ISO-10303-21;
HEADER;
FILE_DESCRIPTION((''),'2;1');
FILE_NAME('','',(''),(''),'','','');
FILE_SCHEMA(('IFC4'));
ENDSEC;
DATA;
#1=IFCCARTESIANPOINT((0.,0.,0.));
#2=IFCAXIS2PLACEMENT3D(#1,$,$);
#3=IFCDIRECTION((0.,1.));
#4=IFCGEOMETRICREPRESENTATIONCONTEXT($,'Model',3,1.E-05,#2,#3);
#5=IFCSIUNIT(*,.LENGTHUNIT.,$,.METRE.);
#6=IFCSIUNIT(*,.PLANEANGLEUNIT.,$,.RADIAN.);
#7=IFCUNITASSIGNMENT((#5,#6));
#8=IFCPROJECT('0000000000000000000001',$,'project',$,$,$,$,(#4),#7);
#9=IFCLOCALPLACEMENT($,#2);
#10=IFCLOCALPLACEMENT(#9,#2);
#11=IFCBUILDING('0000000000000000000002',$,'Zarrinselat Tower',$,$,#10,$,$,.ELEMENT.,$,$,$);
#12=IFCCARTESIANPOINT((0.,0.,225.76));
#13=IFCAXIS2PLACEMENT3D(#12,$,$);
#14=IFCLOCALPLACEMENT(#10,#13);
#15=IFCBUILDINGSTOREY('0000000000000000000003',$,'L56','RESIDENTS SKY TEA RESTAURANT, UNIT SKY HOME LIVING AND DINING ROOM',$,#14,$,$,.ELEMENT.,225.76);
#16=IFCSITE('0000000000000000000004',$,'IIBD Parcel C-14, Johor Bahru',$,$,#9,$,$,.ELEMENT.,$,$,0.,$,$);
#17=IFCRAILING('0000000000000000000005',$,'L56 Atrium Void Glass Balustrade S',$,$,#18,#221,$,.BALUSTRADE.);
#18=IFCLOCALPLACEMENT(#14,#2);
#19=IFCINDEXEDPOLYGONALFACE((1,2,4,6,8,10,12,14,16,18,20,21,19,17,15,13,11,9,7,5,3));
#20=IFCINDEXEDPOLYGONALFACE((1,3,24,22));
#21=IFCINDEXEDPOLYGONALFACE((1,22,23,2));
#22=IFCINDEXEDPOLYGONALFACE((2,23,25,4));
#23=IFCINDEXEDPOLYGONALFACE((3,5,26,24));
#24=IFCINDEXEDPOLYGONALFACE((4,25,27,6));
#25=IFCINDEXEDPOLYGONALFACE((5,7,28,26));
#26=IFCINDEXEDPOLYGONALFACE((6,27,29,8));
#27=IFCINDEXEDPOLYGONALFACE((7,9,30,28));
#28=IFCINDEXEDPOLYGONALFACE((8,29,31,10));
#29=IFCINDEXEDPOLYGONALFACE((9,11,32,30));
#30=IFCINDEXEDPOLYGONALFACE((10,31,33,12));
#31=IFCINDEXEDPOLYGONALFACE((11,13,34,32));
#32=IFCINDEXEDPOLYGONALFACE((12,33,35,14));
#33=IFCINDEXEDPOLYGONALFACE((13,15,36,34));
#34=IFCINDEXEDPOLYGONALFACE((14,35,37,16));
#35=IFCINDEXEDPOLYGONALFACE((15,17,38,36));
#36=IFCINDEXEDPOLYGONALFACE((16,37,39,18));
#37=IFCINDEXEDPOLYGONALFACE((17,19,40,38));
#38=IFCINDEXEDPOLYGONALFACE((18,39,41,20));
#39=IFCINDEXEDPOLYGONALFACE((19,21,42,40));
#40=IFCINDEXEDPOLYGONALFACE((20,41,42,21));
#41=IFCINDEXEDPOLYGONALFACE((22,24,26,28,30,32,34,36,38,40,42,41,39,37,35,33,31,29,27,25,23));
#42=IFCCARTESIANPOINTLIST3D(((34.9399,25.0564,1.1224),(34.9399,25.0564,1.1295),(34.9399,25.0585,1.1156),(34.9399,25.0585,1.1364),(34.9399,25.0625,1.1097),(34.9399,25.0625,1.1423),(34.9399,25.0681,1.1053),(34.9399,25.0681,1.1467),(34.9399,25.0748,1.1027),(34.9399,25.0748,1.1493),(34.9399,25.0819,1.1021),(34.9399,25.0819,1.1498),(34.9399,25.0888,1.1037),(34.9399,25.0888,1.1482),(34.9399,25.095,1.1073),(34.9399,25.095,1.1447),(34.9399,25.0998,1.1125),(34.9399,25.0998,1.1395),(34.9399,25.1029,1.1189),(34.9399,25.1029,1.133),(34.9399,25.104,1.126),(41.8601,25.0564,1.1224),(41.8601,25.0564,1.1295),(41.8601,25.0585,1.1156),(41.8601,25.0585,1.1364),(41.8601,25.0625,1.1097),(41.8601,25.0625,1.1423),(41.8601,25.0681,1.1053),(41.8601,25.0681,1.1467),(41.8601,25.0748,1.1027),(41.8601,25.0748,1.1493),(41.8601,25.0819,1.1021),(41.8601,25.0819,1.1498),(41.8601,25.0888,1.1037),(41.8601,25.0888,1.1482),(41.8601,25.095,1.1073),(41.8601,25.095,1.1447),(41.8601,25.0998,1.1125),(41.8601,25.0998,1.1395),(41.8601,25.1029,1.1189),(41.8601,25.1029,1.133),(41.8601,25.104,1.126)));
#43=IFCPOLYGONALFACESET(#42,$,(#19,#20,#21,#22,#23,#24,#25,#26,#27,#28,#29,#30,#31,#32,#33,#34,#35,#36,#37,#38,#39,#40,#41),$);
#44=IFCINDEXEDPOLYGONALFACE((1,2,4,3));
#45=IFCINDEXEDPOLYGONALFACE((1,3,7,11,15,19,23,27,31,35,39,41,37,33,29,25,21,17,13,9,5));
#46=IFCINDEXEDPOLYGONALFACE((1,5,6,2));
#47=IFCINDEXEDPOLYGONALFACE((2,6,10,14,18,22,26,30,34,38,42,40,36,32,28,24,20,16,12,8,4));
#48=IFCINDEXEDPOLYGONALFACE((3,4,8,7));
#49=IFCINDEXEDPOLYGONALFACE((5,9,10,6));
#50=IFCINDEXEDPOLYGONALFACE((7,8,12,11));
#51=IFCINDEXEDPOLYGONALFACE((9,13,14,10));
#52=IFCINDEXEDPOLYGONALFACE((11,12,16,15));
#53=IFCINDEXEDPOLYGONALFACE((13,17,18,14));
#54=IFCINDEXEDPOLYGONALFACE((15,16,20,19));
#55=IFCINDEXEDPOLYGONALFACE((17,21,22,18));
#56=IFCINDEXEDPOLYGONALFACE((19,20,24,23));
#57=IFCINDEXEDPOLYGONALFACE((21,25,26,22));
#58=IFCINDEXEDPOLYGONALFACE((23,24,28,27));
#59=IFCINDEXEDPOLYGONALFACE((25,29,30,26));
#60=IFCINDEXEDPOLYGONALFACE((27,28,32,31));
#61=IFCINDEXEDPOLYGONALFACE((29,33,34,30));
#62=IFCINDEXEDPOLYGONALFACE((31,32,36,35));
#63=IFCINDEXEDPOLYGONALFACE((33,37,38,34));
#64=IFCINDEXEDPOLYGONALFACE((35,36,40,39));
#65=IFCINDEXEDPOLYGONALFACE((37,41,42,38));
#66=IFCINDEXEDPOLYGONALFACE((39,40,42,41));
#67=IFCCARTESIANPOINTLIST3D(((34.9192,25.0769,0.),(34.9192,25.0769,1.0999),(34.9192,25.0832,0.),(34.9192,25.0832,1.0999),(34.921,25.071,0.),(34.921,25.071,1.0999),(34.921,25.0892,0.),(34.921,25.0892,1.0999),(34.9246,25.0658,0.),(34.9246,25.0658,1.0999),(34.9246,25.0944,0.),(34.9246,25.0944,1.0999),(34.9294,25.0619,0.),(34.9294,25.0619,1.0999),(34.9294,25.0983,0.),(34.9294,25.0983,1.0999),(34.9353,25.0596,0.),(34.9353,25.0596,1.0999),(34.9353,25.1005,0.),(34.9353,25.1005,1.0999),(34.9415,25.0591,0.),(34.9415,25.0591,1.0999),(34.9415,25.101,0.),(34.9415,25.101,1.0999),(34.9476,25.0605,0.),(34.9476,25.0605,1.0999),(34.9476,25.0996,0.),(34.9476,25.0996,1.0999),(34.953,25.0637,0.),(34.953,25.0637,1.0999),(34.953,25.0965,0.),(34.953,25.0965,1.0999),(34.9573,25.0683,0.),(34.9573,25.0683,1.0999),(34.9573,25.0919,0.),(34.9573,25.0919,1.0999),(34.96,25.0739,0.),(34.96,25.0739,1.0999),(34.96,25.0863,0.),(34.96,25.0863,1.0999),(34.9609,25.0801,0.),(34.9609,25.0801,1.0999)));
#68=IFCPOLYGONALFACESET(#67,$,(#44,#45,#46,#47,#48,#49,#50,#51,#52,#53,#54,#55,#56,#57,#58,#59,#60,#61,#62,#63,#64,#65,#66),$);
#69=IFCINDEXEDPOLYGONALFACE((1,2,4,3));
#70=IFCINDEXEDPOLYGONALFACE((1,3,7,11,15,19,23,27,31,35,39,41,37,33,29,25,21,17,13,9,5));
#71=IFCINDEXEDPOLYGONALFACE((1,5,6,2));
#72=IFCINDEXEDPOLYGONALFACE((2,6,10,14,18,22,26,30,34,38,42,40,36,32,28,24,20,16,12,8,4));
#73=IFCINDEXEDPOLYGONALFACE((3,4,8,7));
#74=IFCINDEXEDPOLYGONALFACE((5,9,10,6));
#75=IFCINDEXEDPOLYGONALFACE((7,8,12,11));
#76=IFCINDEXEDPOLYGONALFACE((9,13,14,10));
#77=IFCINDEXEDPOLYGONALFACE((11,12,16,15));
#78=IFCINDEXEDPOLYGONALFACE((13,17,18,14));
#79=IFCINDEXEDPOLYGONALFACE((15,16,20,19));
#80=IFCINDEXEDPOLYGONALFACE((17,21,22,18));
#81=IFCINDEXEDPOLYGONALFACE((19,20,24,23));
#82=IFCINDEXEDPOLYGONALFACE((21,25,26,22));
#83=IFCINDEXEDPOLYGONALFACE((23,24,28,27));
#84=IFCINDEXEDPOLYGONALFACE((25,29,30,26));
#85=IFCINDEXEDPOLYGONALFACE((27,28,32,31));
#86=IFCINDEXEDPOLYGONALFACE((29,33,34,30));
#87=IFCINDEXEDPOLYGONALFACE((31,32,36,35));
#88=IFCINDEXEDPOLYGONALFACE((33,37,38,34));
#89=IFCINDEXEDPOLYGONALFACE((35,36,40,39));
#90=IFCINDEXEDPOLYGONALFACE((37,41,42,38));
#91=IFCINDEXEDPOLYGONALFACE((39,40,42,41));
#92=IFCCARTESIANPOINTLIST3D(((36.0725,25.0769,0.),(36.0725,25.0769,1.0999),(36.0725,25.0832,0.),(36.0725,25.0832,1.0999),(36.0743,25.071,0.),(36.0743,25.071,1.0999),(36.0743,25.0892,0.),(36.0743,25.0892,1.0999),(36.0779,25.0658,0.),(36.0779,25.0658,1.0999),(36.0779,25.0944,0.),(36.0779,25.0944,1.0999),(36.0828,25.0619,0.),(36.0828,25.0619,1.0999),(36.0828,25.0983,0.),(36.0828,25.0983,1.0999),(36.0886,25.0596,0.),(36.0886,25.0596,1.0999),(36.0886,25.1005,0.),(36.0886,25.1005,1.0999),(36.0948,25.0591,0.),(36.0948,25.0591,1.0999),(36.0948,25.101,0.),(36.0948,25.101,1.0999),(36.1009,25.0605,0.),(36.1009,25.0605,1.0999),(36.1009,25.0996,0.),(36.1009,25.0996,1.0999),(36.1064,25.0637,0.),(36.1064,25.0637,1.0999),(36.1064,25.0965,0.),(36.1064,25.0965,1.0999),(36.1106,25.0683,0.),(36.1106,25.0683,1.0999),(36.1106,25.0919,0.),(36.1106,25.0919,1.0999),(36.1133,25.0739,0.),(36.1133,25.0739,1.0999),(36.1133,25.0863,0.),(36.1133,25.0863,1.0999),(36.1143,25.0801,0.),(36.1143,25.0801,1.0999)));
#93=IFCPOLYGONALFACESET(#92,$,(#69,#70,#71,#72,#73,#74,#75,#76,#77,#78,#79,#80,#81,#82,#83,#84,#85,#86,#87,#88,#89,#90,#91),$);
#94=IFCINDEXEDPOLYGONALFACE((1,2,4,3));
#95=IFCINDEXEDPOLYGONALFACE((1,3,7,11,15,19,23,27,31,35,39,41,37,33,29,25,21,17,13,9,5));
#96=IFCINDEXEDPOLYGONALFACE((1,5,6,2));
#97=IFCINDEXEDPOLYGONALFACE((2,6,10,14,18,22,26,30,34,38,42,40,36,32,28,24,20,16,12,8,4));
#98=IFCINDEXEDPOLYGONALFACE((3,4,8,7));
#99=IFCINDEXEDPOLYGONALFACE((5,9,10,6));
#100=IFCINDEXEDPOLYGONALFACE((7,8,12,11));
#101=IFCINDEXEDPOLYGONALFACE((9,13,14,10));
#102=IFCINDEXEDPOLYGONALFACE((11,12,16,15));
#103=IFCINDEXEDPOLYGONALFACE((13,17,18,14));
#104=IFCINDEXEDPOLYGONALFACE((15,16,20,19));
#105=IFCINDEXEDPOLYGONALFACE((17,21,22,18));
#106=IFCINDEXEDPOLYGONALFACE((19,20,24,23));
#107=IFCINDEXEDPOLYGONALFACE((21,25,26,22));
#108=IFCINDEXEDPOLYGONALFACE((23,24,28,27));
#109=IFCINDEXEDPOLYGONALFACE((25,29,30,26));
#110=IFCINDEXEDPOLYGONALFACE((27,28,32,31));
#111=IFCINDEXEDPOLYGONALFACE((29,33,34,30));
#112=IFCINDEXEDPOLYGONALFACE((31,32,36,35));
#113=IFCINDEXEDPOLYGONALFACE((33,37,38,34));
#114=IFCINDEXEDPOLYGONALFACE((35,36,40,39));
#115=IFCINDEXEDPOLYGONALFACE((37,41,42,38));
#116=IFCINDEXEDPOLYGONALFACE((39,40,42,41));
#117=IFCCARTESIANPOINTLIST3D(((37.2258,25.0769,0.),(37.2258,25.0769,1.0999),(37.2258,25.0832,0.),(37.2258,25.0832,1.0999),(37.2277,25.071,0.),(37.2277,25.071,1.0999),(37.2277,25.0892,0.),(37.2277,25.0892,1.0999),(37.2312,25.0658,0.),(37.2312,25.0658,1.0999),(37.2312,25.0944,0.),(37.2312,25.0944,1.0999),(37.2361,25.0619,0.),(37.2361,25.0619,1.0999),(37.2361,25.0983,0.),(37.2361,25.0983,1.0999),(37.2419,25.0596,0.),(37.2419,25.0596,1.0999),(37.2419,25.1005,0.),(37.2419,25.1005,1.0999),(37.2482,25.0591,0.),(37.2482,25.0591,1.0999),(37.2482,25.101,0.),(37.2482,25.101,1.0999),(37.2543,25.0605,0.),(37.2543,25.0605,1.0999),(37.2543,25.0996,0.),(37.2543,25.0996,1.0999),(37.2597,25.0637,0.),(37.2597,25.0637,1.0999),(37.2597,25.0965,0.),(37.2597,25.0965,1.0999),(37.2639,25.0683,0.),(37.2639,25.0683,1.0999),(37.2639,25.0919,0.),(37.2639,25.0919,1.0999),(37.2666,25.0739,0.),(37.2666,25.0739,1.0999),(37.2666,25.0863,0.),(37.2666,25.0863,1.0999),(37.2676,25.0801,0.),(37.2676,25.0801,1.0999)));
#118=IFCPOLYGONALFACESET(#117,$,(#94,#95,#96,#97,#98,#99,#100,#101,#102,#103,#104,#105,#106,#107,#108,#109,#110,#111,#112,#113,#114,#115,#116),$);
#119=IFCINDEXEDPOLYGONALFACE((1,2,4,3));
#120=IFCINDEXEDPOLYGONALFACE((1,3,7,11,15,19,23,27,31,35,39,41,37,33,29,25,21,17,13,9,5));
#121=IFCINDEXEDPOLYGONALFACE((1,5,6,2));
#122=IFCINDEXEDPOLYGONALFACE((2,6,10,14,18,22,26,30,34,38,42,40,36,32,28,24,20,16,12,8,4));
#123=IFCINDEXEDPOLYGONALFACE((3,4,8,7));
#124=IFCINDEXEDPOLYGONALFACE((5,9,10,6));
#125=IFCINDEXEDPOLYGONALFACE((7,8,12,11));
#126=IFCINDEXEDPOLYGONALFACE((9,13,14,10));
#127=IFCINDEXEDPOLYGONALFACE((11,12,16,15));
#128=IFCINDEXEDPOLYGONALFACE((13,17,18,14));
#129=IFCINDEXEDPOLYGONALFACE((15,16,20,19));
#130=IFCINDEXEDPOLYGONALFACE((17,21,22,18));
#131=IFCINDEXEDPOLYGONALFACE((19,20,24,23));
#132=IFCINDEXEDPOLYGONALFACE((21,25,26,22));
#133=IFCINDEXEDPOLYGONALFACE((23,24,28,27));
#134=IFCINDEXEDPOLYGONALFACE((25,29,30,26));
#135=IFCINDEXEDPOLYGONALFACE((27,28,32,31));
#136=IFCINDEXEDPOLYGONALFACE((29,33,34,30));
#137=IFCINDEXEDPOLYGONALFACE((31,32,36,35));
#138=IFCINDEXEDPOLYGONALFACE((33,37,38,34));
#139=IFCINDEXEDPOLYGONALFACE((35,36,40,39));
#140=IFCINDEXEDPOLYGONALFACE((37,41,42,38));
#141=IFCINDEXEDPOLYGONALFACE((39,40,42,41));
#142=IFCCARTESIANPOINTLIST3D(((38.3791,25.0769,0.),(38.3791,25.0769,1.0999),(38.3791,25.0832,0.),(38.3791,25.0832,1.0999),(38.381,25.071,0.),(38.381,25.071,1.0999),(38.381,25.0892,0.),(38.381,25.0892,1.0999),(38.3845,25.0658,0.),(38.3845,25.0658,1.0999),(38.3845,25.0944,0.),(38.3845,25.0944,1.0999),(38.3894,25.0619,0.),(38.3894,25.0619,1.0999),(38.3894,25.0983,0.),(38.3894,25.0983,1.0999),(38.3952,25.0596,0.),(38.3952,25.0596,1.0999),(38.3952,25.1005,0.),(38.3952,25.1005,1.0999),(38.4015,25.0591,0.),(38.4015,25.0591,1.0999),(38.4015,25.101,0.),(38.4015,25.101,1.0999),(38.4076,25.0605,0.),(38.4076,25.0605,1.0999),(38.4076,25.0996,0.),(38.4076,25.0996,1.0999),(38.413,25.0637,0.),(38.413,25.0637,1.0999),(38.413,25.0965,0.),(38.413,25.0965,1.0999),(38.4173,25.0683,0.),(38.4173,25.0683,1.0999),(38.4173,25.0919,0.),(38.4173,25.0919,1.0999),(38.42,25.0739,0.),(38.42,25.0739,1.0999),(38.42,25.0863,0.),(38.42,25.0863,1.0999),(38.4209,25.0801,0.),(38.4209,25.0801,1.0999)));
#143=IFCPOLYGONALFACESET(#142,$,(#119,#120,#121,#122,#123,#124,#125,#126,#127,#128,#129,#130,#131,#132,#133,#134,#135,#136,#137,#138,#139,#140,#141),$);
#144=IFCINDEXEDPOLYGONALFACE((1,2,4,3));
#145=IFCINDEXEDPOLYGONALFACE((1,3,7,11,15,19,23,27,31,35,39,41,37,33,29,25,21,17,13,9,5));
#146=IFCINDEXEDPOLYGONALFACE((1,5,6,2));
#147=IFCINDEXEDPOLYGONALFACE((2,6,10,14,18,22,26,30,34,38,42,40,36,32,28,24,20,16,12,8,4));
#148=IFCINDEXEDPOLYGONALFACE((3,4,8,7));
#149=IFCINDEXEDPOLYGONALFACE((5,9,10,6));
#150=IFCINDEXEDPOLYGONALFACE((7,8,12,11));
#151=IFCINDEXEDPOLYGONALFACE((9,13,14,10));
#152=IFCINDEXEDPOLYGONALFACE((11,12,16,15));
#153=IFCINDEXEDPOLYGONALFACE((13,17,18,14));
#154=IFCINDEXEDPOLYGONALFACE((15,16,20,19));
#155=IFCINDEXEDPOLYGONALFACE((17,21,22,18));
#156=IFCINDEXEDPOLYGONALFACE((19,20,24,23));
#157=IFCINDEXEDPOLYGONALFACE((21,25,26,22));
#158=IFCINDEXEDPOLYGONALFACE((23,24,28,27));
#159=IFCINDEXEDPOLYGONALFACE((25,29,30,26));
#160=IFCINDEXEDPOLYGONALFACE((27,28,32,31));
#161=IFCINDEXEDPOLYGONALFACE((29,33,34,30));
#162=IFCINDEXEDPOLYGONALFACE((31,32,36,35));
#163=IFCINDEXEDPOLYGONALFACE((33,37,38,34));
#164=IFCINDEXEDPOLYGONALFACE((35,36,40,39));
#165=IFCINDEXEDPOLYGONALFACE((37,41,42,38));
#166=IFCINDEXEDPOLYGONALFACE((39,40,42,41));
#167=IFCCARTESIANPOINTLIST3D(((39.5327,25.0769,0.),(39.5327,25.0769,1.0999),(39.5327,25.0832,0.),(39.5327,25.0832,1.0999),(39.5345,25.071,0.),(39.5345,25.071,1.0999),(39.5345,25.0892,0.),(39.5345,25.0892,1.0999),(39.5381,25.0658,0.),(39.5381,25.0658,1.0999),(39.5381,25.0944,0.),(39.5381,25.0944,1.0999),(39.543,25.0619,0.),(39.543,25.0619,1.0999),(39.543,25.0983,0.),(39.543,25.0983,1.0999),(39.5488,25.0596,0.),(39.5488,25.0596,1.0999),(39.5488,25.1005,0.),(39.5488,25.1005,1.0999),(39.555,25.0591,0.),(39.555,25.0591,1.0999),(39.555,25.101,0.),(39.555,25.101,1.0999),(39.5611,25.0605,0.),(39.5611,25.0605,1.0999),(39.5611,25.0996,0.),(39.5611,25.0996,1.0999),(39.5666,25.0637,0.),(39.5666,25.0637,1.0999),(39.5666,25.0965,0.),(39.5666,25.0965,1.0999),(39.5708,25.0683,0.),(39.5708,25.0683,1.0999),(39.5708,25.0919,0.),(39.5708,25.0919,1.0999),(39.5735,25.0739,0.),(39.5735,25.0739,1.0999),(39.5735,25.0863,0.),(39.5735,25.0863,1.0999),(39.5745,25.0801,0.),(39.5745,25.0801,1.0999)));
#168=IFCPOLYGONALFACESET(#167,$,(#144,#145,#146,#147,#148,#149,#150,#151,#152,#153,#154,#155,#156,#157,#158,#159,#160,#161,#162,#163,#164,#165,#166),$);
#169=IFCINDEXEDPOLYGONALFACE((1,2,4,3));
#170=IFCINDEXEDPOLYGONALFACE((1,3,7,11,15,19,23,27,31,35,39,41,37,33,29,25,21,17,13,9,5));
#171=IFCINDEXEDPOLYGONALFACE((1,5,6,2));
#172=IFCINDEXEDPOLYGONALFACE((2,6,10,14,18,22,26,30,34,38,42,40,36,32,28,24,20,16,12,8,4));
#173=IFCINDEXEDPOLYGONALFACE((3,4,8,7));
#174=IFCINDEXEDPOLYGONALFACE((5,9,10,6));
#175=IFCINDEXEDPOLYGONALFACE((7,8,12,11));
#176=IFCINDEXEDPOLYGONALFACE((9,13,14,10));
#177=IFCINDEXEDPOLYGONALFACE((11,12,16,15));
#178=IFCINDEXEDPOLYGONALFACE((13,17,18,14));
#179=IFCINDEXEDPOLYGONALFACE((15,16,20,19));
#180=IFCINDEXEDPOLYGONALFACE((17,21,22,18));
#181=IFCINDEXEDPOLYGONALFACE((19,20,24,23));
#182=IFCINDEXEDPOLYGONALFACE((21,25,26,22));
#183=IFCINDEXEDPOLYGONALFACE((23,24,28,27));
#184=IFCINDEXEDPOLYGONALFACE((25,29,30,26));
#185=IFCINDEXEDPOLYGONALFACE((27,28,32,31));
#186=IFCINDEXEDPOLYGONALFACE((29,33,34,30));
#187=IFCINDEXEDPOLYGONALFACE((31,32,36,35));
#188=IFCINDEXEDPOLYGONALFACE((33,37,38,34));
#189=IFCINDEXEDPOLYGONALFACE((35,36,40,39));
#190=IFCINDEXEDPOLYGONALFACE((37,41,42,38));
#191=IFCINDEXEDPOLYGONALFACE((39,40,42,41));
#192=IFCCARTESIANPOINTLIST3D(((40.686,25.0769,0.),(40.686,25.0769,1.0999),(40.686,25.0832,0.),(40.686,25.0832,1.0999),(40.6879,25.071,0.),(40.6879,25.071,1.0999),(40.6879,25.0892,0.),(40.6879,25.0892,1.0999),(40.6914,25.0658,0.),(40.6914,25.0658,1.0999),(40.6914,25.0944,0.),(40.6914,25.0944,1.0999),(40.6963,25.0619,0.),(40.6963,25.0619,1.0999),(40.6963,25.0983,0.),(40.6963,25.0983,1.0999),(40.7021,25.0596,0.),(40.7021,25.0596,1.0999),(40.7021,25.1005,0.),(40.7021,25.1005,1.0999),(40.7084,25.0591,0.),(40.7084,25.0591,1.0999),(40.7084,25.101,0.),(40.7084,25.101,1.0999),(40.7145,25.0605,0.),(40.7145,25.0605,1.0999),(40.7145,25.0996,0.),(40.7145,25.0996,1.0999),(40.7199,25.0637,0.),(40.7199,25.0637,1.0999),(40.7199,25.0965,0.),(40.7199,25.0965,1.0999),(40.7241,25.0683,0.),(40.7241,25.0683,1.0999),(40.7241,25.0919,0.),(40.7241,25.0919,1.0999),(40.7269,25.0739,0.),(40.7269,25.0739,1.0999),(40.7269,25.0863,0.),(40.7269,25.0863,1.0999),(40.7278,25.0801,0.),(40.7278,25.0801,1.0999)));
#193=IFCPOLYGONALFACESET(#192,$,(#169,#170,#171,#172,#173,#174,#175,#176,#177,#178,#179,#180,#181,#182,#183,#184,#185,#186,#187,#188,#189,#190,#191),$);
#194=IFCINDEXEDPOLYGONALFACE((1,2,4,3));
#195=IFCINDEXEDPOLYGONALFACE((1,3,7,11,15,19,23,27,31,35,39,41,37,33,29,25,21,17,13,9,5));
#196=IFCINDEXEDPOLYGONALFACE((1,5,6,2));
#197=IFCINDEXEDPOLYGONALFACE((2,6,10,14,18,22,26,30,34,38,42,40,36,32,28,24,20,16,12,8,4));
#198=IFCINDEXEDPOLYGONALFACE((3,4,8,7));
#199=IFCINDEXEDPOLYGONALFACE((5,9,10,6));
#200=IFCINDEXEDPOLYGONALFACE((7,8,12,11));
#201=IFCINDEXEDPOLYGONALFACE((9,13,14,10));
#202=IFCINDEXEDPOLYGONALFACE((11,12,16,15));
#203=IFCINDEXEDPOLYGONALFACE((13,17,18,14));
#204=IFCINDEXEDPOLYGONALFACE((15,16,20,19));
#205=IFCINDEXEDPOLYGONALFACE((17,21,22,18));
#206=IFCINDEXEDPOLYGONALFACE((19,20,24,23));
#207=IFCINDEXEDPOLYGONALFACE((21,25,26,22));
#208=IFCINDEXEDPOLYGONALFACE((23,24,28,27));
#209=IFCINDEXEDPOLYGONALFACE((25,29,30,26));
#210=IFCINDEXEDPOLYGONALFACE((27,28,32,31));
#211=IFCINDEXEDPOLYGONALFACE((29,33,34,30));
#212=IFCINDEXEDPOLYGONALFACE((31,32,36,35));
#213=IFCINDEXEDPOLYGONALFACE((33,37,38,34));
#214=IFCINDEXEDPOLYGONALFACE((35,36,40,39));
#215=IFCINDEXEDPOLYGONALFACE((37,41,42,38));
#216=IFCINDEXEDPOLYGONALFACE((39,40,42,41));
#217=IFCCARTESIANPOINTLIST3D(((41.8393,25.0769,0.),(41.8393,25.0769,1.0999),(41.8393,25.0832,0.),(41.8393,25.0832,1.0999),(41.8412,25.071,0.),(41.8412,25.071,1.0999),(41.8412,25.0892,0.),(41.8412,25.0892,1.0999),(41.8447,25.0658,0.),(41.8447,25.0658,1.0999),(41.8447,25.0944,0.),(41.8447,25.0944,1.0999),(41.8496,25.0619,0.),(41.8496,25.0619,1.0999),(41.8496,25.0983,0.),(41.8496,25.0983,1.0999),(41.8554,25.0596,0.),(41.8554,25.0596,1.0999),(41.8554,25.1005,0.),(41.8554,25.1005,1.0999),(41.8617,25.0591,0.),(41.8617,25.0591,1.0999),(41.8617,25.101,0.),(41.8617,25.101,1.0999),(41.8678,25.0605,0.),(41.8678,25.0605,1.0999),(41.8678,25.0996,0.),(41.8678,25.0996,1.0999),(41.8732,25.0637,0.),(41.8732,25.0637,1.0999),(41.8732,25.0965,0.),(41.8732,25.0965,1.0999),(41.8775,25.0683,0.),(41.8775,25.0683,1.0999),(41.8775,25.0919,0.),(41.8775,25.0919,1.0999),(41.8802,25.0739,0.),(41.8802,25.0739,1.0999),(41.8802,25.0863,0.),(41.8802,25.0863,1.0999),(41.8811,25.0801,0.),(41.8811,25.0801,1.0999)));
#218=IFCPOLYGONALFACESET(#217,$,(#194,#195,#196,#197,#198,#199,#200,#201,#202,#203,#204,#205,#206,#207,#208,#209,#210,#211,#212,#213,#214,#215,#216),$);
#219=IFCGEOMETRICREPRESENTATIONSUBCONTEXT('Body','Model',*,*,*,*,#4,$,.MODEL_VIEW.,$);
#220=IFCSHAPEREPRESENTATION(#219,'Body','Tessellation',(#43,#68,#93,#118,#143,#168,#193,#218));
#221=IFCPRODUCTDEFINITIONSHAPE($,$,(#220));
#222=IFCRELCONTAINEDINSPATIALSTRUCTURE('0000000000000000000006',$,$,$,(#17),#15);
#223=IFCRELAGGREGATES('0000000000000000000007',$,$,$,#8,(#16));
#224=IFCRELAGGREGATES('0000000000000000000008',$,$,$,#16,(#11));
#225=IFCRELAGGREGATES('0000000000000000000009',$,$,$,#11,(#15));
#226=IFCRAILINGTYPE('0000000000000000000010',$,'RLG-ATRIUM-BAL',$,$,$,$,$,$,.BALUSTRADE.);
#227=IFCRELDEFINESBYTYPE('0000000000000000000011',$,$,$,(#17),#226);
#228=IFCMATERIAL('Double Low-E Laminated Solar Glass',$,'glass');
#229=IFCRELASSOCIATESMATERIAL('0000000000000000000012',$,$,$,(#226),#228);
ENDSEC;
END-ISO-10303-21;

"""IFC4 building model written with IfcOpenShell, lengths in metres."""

from ifc_helpers import new_model, si_unit, direction, frame, origin, origin_2d, place, context, subcontext, project, spatial, circle, extrude, material, type_object, element, save


model = new_model("IFC4")

# Units and contexts
model_context = context("Model", 3, precision=1e-05, world=origin(), true_north=direction((0.0, 1.0)))
body_context = subcontext(model_context, "Body", "Model", "MODEL_VIEW")
ifc_project = project(units=[si_unit("LENGTHUNIT", "METRE"), si_unit("PLANEANGLEUNIT", "RADIAN")], contexts=[model_context])

# Site, building, storey
site_placement = place(None, origin())
site = spatial("IfcSite", under=ifc_project, at=site_placement, Name="IIBD Parcel C-14, Johor Bahru", CompositionType="ELEMENT", RefElevation=0.0)
building_placement = place(site_placement, origin())
building = spatial("IfcBuilding", under=site, at=building_placement, Name="Zarrinselat Tower", CompositionType="ELEMENT")
storey_placement = place(building_placement, frame((0.0, 0.0, 225.76)))
storey = spatial("IfcBuildingStorey", under=building, at=storey_placement, Name="L56", Description="RESIDENTS SKY TEA RESTAURANT, UNIT SKY HOME LIVING AND DINING ROOM", CompositionType="ELEMENT", Elevation=225.76)

# Railing
ifc_material_1 = material(Name="Double Low-E Laminated Solar Glass", Category="glass")
railing_type = type_object("IfcRailingType", Name="RLG-ATRIUM-BAL", PredefinedType="BALUSTRADE", material=ifc_material_1)
railing_placement = place(storey_placement, frame((34.9399, 25.0801, 0.0)))
element("IfcRailing", 1, at=railing_placement, inside=storey, type_object=railing_type, Name="L56 Atrium Void Glass Balustrade S", PredefinedType="BALUSTRADE", context=body_context, shape_type="SweptSolid", body=[
    extrude(circle(Radius=0.0239, at=origin_2d()), frame((0.0, 0.0, 1.126), z_axis=(1.0, 0.0, 0.0), x_axis=(0.0, 1.0, 0.0)), (0.0, 0.0, 1.0), 6.9202),
    extrude(circle(Radius=0.021, at=origin_2d()), origin(), (0.0, 0.0, 1.0), 1.0999),
    extrude(circle(Radius=0.021, at=origin_2d()), frame((1.1533, 0.0, 0.0)), (0.0, 0.0, 1.0), 1.0999),
    extrude(circle(Radius=0.021, at=origin_2d()), frame((2.3066, 0.0, 0.0)), (0.0, 0.0, 1.0), 1.0999),
    extrude(circle(Radius=0.021, at=origin_2d()), frame((3.46, 0.0, 0.0)), (0.0, 0.0, 1.0), 1.0999),
    extrude(circle(Radius=0.021, at=origin_2d()), frame((4.6135, 0.0, 0.0)), (0.0, 0.0, 1.0), 1.0999),
    extrude(circle(Radius=0.021, at=origin_2d()), frame((5.7668, 0.0, 0.0)), (0.0, 0.0, 1.0), 1.0999),
    extrude(circle(Radius=0.021, at=origin_2d()), frame((6.9202, 0.0, 0.0)), (0.0, 0.0, 1.0), 1.0999),
])

save(model, "model.ifc")
